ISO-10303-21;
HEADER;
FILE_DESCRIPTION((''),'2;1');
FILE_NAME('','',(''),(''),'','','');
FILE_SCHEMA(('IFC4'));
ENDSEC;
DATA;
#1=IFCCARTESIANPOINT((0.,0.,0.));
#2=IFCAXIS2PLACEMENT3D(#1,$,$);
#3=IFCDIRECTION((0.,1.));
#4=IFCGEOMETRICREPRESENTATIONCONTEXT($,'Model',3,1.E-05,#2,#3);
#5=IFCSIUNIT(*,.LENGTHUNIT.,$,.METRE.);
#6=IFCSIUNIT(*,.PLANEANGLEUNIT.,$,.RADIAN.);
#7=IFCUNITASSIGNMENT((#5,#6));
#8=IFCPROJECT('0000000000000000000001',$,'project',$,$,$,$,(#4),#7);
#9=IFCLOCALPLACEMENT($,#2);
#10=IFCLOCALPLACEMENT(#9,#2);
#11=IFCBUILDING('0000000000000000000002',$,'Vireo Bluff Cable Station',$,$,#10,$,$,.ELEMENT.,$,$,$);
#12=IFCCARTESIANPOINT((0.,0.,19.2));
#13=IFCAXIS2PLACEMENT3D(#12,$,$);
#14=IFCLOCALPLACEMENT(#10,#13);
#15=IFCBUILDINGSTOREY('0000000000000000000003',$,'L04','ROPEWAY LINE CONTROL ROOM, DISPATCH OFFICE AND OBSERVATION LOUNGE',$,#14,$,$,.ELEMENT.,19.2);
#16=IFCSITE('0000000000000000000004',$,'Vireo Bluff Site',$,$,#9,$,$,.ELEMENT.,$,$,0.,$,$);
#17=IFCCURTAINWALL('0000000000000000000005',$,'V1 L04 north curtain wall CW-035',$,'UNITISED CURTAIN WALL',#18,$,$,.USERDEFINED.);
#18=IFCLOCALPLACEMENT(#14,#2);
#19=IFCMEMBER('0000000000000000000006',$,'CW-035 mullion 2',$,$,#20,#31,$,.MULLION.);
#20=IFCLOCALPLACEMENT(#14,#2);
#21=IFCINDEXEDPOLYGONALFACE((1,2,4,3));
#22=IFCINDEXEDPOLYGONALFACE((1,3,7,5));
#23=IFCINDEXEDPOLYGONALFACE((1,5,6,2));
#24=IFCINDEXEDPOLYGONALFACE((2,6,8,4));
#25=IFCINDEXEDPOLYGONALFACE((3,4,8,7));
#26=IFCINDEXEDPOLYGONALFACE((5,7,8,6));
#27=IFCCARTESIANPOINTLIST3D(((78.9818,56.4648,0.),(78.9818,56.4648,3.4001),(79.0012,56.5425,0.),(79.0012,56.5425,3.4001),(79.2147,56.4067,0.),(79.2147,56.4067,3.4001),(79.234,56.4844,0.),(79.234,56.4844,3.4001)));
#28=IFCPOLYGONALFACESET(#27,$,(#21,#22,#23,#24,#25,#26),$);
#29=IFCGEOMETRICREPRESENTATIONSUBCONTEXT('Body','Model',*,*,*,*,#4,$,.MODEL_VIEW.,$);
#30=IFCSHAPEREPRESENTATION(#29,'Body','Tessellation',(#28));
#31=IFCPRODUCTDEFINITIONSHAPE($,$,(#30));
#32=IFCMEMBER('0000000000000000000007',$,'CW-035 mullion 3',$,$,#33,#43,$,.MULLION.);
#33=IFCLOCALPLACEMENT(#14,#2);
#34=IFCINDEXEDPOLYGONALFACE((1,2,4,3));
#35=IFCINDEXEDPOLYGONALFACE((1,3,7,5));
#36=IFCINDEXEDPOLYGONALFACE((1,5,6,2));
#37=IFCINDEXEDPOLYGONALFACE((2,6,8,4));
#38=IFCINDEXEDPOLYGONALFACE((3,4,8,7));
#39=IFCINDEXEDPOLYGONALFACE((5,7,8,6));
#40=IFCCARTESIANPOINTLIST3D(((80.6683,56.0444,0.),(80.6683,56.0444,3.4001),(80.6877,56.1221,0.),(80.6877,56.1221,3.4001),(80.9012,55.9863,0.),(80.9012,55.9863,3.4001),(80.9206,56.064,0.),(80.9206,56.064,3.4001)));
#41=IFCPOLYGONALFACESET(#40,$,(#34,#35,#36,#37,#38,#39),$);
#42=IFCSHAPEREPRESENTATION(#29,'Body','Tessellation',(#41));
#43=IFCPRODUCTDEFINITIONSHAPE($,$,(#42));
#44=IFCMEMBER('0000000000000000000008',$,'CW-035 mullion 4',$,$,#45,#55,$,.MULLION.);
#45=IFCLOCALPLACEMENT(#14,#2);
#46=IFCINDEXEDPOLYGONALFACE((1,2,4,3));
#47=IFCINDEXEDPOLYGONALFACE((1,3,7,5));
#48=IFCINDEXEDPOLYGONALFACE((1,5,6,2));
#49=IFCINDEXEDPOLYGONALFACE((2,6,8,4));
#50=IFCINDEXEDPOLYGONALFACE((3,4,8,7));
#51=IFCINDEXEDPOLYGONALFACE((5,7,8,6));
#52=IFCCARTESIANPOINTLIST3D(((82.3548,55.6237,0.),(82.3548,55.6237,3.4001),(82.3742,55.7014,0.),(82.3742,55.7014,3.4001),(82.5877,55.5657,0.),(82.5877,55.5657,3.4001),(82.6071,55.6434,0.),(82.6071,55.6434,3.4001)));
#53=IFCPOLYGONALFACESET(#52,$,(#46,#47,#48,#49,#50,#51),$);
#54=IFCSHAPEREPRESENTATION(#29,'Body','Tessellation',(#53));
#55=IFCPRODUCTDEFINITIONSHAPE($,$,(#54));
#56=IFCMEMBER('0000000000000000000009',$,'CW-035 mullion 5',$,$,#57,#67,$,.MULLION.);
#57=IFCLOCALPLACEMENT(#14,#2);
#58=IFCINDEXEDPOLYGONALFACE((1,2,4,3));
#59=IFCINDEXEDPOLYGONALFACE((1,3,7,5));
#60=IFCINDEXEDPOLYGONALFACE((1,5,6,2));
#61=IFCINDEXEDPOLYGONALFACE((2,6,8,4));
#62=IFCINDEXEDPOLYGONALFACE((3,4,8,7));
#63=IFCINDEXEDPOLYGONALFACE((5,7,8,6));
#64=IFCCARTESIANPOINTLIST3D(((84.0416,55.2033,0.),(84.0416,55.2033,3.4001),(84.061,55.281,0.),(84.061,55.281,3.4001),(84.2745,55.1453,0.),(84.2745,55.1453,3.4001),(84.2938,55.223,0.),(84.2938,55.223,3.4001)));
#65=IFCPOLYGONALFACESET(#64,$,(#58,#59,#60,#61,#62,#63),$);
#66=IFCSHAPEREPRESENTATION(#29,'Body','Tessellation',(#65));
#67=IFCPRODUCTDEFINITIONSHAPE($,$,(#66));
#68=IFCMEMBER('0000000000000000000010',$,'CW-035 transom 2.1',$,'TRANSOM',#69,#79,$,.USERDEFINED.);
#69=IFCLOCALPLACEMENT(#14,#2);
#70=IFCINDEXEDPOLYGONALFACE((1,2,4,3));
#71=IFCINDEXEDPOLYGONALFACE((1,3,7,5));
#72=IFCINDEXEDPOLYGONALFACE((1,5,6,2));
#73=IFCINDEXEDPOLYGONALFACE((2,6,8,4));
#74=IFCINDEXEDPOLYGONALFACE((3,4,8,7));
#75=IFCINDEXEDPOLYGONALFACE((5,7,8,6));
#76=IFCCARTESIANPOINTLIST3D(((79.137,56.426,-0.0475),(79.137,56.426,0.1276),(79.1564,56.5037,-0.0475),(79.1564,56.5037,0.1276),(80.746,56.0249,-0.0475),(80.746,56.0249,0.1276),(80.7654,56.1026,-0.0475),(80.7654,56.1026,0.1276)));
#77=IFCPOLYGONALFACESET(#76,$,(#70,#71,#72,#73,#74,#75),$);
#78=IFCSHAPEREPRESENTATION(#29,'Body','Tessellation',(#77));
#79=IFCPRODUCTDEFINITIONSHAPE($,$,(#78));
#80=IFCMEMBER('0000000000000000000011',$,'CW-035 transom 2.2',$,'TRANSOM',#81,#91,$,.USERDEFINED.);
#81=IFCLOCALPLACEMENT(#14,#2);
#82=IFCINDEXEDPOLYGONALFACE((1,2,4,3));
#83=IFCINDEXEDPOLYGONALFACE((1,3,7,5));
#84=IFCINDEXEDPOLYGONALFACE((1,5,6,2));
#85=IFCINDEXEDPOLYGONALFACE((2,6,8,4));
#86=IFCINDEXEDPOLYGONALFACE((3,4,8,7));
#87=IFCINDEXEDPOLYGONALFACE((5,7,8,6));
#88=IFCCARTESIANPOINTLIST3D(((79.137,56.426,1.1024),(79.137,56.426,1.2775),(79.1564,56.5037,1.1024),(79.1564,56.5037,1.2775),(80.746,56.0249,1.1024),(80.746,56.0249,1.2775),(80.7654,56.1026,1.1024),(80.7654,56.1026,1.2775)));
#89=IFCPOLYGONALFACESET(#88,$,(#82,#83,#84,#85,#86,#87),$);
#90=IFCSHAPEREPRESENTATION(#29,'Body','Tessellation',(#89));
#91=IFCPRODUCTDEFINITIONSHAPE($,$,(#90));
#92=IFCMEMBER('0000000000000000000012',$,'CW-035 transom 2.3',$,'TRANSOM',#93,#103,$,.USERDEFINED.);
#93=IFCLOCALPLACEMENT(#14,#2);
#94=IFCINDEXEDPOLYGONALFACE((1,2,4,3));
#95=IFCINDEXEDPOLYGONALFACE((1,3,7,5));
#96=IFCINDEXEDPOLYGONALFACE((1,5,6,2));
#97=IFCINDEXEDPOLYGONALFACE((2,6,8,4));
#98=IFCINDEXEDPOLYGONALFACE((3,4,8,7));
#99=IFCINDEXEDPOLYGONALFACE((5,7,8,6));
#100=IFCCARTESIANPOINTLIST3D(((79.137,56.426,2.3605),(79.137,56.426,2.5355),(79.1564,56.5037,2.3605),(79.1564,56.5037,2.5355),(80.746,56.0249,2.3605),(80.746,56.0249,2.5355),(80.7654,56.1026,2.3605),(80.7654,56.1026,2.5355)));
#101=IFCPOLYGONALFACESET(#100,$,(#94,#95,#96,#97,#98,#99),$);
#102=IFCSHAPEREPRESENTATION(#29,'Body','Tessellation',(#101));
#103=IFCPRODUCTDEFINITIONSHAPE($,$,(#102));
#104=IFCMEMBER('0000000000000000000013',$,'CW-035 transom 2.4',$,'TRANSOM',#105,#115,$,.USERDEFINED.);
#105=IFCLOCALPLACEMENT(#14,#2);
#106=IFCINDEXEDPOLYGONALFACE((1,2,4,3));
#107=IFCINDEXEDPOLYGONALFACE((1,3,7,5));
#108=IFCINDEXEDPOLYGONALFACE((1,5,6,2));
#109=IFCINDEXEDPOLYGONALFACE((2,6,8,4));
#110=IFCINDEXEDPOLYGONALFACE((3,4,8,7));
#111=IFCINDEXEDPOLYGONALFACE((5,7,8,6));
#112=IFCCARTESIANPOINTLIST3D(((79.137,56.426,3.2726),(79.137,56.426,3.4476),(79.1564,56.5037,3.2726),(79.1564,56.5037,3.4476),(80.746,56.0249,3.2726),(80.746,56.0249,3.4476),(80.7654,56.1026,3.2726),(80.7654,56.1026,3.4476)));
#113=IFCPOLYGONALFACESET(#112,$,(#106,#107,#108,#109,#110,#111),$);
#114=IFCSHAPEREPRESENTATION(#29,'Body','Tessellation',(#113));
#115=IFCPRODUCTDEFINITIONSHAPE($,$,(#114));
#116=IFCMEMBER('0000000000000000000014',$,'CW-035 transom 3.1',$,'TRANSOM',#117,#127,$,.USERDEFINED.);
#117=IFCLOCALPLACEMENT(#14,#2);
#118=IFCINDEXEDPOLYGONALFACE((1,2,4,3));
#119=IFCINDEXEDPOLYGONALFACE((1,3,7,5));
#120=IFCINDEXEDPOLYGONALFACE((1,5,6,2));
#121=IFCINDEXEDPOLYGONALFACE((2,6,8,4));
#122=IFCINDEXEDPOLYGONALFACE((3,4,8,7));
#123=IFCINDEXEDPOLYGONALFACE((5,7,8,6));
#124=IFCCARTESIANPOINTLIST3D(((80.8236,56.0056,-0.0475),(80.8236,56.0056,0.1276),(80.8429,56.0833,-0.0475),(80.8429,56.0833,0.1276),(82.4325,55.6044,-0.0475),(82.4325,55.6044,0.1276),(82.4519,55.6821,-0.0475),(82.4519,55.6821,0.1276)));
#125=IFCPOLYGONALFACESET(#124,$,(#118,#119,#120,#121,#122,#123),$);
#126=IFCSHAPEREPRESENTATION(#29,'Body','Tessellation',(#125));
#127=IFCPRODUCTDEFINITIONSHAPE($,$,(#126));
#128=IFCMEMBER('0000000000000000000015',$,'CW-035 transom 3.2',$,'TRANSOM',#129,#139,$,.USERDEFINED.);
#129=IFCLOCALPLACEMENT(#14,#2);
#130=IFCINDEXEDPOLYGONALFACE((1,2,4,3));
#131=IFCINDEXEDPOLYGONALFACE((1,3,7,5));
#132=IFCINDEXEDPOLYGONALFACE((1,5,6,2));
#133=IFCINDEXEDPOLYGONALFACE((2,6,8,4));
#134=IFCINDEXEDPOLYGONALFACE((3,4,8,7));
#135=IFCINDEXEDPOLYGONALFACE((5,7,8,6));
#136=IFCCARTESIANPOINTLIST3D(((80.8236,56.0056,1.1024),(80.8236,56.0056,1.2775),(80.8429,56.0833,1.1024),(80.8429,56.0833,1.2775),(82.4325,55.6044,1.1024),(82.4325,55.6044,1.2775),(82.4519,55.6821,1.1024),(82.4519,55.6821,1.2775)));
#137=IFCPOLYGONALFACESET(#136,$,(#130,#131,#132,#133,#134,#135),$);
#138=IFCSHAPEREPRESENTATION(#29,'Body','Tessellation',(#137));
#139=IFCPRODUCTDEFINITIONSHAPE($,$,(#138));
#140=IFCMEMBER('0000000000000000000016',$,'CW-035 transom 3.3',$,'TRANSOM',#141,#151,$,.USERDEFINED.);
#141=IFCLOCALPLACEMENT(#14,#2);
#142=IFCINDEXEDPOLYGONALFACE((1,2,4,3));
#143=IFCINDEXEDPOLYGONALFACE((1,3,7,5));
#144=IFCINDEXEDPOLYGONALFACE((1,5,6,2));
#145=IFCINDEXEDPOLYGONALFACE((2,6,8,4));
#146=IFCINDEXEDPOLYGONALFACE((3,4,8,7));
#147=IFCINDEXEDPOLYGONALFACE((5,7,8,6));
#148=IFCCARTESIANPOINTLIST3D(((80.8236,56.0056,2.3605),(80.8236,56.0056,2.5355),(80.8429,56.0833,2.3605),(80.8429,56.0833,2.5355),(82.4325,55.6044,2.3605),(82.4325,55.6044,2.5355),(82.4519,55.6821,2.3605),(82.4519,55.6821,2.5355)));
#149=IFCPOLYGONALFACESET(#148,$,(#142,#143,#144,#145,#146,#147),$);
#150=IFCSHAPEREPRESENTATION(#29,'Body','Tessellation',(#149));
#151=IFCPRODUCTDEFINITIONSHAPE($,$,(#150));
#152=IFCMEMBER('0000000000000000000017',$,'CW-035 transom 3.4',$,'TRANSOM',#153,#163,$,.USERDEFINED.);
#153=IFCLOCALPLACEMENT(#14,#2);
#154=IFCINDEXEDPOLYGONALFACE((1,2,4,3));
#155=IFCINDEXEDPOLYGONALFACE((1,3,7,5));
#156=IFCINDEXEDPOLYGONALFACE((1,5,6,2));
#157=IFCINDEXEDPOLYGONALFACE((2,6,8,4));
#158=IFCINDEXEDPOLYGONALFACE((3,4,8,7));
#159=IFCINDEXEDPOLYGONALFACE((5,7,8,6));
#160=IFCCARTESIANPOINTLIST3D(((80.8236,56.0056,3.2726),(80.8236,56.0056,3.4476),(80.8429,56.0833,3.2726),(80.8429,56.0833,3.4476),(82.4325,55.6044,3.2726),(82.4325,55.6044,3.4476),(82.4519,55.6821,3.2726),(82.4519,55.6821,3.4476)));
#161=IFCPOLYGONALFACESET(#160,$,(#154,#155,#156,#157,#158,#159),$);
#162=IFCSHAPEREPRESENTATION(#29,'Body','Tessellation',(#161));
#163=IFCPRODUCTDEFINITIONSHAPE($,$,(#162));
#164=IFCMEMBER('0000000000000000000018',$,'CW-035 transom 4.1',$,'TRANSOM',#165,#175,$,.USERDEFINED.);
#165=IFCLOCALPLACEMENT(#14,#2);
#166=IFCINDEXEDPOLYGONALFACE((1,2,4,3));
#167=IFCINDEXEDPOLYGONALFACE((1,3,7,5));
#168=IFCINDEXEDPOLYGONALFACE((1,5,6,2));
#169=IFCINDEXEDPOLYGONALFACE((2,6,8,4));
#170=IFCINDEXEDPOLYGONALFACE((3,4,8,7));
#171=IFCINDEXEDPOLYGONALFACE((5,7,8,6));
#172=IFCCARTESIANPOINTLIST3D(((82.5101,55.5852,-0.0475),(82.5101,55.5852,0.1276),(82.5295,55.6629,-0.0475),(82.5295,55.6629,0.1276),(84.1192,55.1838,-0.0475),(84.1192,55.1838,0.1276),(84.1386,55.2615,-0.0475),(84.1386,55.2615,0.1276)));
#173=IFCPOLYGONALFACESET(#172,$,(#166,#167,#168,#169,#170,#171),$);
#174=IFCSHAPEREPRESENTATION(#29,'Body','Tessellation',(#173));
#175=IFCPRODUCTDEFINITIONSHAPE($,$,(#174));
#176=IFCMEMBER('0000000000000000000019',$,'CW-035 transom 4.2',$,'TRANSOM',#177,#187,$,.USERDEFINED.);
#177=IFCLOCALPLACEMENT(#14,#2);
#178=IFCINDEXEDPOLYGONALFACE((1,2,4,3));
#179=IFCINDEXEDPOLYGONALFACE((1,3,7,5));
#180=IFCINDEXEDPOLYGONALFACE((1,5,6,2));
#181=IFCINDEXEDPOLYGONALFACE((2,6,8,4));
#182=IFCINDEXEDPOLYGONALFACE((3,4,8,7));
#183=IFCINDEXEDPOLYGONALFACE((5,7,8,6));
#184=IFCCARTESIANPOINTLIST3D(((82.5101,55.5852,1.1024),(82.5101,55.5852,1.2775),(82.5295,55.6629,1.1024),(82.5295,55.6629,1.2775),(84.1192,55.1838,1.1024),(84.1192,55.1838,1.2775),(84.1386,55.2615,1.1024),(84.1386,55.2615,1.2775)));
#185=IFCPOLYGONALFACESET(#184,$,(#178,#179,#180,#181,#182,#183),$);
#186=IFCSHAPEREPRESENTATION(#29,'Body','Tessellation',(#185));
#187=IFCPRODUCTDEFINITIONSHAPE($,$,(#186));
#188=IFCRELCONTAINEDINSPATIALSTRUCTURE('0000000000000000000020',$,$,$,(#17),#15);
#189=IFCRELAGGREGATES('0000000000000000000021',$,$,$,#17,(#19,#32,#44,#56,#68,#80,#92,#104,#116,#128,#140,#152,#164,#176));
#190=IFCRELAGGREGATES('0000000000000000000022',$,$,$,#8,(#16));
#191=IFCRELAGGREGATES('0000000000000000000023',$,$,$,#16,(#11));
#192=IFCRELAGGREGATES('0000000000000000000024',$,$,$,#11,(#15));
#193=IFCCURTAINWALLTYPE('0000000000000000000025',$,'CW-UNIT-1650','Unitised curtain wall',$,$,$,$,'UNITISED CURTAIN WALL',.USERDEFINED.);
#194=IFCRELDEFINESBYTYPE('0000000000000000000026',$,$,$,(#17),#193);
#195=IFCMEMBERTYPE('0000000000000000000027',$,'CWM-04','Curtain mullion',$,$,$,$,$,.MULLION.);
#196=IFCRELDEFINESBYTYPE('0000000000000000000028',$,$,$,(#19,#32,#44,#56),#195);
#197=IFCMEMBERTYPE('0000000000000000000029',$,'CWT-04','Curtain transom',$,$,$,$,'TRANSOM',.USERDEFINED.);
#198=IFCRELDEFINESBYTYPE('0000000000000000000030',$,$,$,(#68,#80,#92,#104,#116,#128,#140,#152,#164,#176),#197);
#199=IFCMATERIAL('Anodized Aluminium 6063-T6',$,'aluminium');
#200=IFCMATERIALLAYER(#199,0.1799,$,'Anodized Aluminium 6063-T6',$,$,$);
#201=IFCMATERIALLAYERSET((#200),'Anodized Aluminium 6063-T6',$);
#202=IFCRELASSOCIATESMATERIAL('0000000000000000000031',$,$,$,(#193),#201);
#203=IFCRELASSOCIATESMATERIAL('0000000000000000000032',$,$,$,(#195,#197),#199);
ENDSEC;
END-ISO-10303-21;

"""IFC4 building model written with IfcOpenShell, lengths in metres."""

from ifc_helpers import new_model, si_unit, direction, frame, origin, origin_2d, place, context, subcontext, project, spatial, rectangle, extrude, material, layer, layer_set, material_profile, profile_set, type_object, element, aggregate, save


model = new_model("IFC4")

# Units and contexts
model_context = context("Model", 3, precision=1e-05, world=origin(), true_north=direction((0.0, 1.0)))
body_context = subcontext(model_context, "Body", "Model", "MODEL_VIEW")
ifc_project = project(units=[si_unit("LENGTHUNIT", "METRE"), si_unit("PLANEANGLEUNIT", "RADIAN")], contexts=[model_context])

# Site, building, storey
site_placement = place(None, origin())
site = spatial("IfcSite", under=ifc_project, at=site_placement, Name="Vireo Bluff Site", CompositionType="ELEMENT", RefElevation=0.0)
building_placement = place(site_placement, origin())
building = spatial("IfcBuilding", under=site, at=building_placement, Name="Vireo Bluff Cable Station", CompositionType="ELEMENT")
storey_placement = place(building_placement, frame((0.0, 0.0, 19.2)))
storey = spatial("IfcBuildingStorey", under=building, at=storey_placement, Name="L04", Description="ROPEWAY LINE CONTROL ROOM, DISPATCH OFFICE AND OBSERVATION LOUNGE", CompositionType="ELEMENT", Elevation=19.2)

# Curtain wall, members
ifc_material_1 = material(Name="Anodized Aluminium 6063-T6", Category="aluminium")
ifc_layer_1 = layer(ifc_material_1, 0.1799, Name="Anodized Aluminium 6063-T6")
ifc_layer_set_1 = layer_set([ifc_layer_1], Name="Anodized Aluminium 6063-T6")
curtain_wall_type = type_object("IfcCurtainWallType", Name="CW-UNIT-1650", Description="Unitised curtain wall", ElementType="UNITISED CURTAIN WALL", PredefinedType="USERDEFINED", material=ifc_layer_set_1)
curtain_wall_placement = place(storey_placement, origin())
curtain_wall = element("IfcCurtainWall", 1, at=curtain_wall_placement, inside=storey, type_object=curtain_wall_type, Name="V1 L04 north curtain wall CW-035", ObjectType="UNITISED CURTAIN WALL", PredefinedType="USERDEFINED")
ifc_material_profile_1 = material_profile(ifc_material_1, rectangle(XDim=0.0801, YDim=0.24, at=origin_2d()), Name="ALU-M-80X240")
ifc_profile_set_1 = profile_set([ifc_material_profile_1], Name="Anodized Aluminium 6063-T6")
member_type_1 = type_object("IfcMemberType", Name="CWM-04", Description="Curtain mullion", PredefinedType="MULLION", material=ifc_profile_set_1)
member_1_placement = place(storey_placement, frame((79.1079, 56.4746, 0.0), z_axis=(0.0, 0.0, 1.0), x_axis=(0.241922, 0.970296, 0.0)))
member_1 = element("IfcMember", 2, at=member_1_placement, type_object=member_type_1, Name="CW-035 mullion 2", PredefinedType="MULLION", context=body_context, shape_type="SweptSolid", body=[
    extrude(rectangle(XDim=0.0801, YDim=0.24, at=origin_2d()), origin(), (0.0, 0.0, 1.0), 3.4001),
])
member_2_placement = place(storey_placement, frame((80.7944, 56.0542, 0.0), z_axis=(0.0, 0.0, 1.0), x_axis=(0.241922, 0.970296, 0.0)))
member_2 = element("IfcMember", 3, at=member_2_placement, type_object=member_type_1, Name="CW-035 mullion 3", PredefinedType="MULLION", context=body_context, shape_type="SweptSolid", body=[
    extrude(rectangle(XDim=0.0801, YDim=0.24, at=origin_2d()), origin(), (0.0, 0.0, 1.0), 3.4001),
])
member_3_placement = place(storey_placement, frame((82.481, 55.6335, 0.0), z_axis=(0.0, 0.0, 1.0), x_axis=(0.241922, 0.970296, 0.0)))
member_3 = element("IfcMember", 4, at=member_3_placement, type_object=member_type_1, Name="CW-035 mullion 4", PredefinedType="MULLION", context=body_context, shape_type="SweptSolid", body=[
    extrude(rectangle(XDim=0.0801, YDim=0.24, at=origin_2d()), origin(), (0.0, 0.0, 1.0), 3.4001),
])
member_4_placement = place(storey_placement, frame((84.1677, 55.2131, 0.0), z_axis=(0.0, 0.0, 1.0), x_axis=(0.241922, 0.970296, 0.0)))
member_4 = element("IfcMember", 5, at=member_4_placement, type_object=member_type_1, Name="CW-035 mullion 5", PredefinedType="MULLION", context=body_context, shape_type="SweptSolid", body=[
    extrude(rectangle(XDim=0.0801, YDim=0.24, at=origin_2d()), origin(), (0.0, 0.0, 1.0), 3.4001),
])
ifc_material_profile_2 = material_profile(ifc_material_1, rectangle(XDim=0.0801, YDim=0.175, at=origin_2d()), Name="ALU-T-80X175")
ifc_profile_set_2 = profile_set([ifc_material_profile_2], Name="Anodized Aluminium 6063-T6")
member_type_2 = type_object("IfcMemberType", Name="CWT-04", Description="Curtain transom", ElementType="TRANSOM", PredefinedType="USERDEFINED", material=ifc_profile_set_2)
member_5_placement = place(storey_placement, frame((79.1467, 56.4648, 0.04), z_axis=(0.970298, -0.241912, 0.0), x_axis=(0.241912, 0.970298, 0.0)))
member_5 = element("IfcMember", 6, at=member_5_placement, type_object=member_type_2, Name="CW-035 transom 2.1", ObjectType="TRANSOM", PredefinedType="USERDEFINED", context=body_context, shape_type="SweptSolid", body=[
    extrude(rectangle(XDim=0.0801, YDim=0.175, at=origin_2d()), origin(), (0.0, 0.0, 1.0), 1.6582),
])
member_6_placement = place(storey_placement, frame((79.1467, 56.4648, 1.1899), z_axis=(0.970298, -0.241912, 0.0), x_axis=(0.241912, 0.970298, 0.0)))
member_6 = element("IfcMember", 7, at=member_6_placement, type_object=member_type_2, Name="CW-035 transom 2.2", ObjectType="TRANSOM", PredefinedType="USERDEFINED", context=body_context, shape_type="SweptSolid", body=[
    extrude(rectangle(XDim=0.0801, YDim=0.175, at=origin_2d()), origin(), (0.0, 0.0, 1.0), 1.6582),
])
member_7_placement = place(storey_placement, frame((79.1467, 56.4648, 2.448), z_axis=(0.970298, -0.241912, 0.0), x_axis=(0.241912, 0.970298, 0.0)))
member_7 = element("IfcMember", 8, at=member_7_placement, type_object=member_type_2, Name="CW-035 transom 2.3", ObjectType="TRANSOM", PredefinedType="USERDEFINED", context=body_context, shape_type="SweptSolid", body=[
    extrude(rectangle(XDim=0.0801, YDim=0.175, at=origin_2d()), origin(), (0.0, 0.0, 1.0), 1.6582),
])
member_8_placement = place(storey_placement, frame((79.1467, 56.4648, 3.3601), z_axis=(0.970298, -0.241912, 0.0), x_axis=(0.241912, 0.970298, 0.0)))
member_8 = element("IfcMember", 9, at=member_8_placement, type_object=member_type_2, Name="CW-035 transom 2.4", ObjectType="TRANSOM", PredefinedType="USERDEFINED", context=body_context, shape_type="SweptSolid", body=[
    extrude(rectangle(XDim=0.0801, YDim=0.175, at=origin_2d()), origin(), (0.0, 0.0, 1.0), 1.6582),
])
member_9_placement = place(storey_placement, frame((80.8333, 56.0444, 0.04), z_axis=(0.970298, -0.241912, 0.0), x_axis=(0.241912, 0.970298, 0.0)))
member_9 = element("IfcMember", 10, at=member_9_placement, type_object=member_type_2, Name="CW-035 transom 3.1", ObjectType="TRANSOM", PredefinedType="USERDEFINED", context=body_context, shape_type="SweptSolid", body=[
    extrude(rectangle(XDim=0.0801, YDim=0.175, at=origin_2d()), origin(), (0.0, 0.0, 1.0), 1.6582),
])
member_10_placement = place(storey_placement, frame((80.8333, 56.0444, 1.1899), z_axis=(0.970298, -0.241912, 0.0), x_axis=(0.241912, 0.970298, 0.0)))
member_10 = element("IfcMember", 11, at=member_10_placement, type_object=member_type_2, Name="CW-035 transom 3.2", ObjectType="TRANSOM", PredefinedType="USERDEFINED", context=body_context, shape_type="SweptSolid", body=[
    extrude(rectangle(XDim=0.0801, YDim=0.175, at=origin_2d()), origin(), (0.0, 0.0, 1.0), 1.6582),
])
member_11_placement = place(storey_placement, frame((80.8333, 56.0444, 2.448), z_axis=(0.970298, -0.241912, 0.0), x_axis=(0.241912, 0.970298, 0.0)))
member_11 = element("IfcMember", 12, at=member_11_placement, type_object=member_type_2, Name="CW-035 transom 3.3", ObjectType="TRANSOM", PredefinedType="USERDEFINED", context=body_context, shape_type="SweptSolid", body=[
    extrude(rectangle(XDim=0.0801, YDim=0.175, at=origin_2d()), origin(), (0.0, 0.0, 1.0), 1.6582),
])
member_12_placement = place(storey_placement, frame((80.8333, 56.0444, 3.3601), z_axis=(0.970298, -0.241912, 0.0), x_axis=(0.241912, 0.970298, 0.0)))
member_12 = element("IfcMember", 13, at=member_12_placement, type_object=member_type_2, Name="CW-035 transom 3.4", ObjectType="TRANSOM", PredefinedType="USERDEFINED", context=body_context, shape_type="SweptSolid", body=[
    extrude(rectangle(XDim=0.0801, YDim=0.175, at=origin_2d()), origin(), (0.0, 0.0, 1.0), 1.6582),
])
member_13_placement = place(storey_placement, frame((82.5198, 55.624, 0.04), z_axis=(0.970272, -0.242016, 0.0), x_axis=(0.242016, 0.970272, 0.0)))
member_13 = element("IfcMember", 14, at=member_13_placement, type_object=member_type_2, Name="CW-035 transom 4.1", ObjectType="TRANSOM", PredefinedType="USERDEFINED", context=body_context, shape_type="SweptSolid", body=[
    extrude(rectangle(XDim=0.0801, YDim=0.175, at=origin_2d()), origin(), (0.0, 0.0, 1.0), 1.6584),
])
member_14_placement = place(storey_placement, frame((82.5198, 55.624, 1.1899), z_axis=(0.970272, -0.242016, 0.0), x_axis=(0.242016, 0.970272, 0.0)))
member_14 = element("IfcMember", 15, at=member_14_placement, type_object=member_type_2, Name="CW-035 transom 4.2", ObjectType="TRANSOM", PredefinedType="USERDEFINED", context=body_context, shape_type="SweptSolid", body=[
    extrude(rectangle(XDim=0.0801, YDim=0.175, at=origin_2d()), origin(), (0.0, 0.0, 1.0), 1.6584),
])
aggregate(curtain_wall, [member_1, member_2, member_3, member_4, member_5, member_6, member_7, member_8, member_9, member_10, member_11, member_12, member_13, member_14])

save(model, "model.ifc")
